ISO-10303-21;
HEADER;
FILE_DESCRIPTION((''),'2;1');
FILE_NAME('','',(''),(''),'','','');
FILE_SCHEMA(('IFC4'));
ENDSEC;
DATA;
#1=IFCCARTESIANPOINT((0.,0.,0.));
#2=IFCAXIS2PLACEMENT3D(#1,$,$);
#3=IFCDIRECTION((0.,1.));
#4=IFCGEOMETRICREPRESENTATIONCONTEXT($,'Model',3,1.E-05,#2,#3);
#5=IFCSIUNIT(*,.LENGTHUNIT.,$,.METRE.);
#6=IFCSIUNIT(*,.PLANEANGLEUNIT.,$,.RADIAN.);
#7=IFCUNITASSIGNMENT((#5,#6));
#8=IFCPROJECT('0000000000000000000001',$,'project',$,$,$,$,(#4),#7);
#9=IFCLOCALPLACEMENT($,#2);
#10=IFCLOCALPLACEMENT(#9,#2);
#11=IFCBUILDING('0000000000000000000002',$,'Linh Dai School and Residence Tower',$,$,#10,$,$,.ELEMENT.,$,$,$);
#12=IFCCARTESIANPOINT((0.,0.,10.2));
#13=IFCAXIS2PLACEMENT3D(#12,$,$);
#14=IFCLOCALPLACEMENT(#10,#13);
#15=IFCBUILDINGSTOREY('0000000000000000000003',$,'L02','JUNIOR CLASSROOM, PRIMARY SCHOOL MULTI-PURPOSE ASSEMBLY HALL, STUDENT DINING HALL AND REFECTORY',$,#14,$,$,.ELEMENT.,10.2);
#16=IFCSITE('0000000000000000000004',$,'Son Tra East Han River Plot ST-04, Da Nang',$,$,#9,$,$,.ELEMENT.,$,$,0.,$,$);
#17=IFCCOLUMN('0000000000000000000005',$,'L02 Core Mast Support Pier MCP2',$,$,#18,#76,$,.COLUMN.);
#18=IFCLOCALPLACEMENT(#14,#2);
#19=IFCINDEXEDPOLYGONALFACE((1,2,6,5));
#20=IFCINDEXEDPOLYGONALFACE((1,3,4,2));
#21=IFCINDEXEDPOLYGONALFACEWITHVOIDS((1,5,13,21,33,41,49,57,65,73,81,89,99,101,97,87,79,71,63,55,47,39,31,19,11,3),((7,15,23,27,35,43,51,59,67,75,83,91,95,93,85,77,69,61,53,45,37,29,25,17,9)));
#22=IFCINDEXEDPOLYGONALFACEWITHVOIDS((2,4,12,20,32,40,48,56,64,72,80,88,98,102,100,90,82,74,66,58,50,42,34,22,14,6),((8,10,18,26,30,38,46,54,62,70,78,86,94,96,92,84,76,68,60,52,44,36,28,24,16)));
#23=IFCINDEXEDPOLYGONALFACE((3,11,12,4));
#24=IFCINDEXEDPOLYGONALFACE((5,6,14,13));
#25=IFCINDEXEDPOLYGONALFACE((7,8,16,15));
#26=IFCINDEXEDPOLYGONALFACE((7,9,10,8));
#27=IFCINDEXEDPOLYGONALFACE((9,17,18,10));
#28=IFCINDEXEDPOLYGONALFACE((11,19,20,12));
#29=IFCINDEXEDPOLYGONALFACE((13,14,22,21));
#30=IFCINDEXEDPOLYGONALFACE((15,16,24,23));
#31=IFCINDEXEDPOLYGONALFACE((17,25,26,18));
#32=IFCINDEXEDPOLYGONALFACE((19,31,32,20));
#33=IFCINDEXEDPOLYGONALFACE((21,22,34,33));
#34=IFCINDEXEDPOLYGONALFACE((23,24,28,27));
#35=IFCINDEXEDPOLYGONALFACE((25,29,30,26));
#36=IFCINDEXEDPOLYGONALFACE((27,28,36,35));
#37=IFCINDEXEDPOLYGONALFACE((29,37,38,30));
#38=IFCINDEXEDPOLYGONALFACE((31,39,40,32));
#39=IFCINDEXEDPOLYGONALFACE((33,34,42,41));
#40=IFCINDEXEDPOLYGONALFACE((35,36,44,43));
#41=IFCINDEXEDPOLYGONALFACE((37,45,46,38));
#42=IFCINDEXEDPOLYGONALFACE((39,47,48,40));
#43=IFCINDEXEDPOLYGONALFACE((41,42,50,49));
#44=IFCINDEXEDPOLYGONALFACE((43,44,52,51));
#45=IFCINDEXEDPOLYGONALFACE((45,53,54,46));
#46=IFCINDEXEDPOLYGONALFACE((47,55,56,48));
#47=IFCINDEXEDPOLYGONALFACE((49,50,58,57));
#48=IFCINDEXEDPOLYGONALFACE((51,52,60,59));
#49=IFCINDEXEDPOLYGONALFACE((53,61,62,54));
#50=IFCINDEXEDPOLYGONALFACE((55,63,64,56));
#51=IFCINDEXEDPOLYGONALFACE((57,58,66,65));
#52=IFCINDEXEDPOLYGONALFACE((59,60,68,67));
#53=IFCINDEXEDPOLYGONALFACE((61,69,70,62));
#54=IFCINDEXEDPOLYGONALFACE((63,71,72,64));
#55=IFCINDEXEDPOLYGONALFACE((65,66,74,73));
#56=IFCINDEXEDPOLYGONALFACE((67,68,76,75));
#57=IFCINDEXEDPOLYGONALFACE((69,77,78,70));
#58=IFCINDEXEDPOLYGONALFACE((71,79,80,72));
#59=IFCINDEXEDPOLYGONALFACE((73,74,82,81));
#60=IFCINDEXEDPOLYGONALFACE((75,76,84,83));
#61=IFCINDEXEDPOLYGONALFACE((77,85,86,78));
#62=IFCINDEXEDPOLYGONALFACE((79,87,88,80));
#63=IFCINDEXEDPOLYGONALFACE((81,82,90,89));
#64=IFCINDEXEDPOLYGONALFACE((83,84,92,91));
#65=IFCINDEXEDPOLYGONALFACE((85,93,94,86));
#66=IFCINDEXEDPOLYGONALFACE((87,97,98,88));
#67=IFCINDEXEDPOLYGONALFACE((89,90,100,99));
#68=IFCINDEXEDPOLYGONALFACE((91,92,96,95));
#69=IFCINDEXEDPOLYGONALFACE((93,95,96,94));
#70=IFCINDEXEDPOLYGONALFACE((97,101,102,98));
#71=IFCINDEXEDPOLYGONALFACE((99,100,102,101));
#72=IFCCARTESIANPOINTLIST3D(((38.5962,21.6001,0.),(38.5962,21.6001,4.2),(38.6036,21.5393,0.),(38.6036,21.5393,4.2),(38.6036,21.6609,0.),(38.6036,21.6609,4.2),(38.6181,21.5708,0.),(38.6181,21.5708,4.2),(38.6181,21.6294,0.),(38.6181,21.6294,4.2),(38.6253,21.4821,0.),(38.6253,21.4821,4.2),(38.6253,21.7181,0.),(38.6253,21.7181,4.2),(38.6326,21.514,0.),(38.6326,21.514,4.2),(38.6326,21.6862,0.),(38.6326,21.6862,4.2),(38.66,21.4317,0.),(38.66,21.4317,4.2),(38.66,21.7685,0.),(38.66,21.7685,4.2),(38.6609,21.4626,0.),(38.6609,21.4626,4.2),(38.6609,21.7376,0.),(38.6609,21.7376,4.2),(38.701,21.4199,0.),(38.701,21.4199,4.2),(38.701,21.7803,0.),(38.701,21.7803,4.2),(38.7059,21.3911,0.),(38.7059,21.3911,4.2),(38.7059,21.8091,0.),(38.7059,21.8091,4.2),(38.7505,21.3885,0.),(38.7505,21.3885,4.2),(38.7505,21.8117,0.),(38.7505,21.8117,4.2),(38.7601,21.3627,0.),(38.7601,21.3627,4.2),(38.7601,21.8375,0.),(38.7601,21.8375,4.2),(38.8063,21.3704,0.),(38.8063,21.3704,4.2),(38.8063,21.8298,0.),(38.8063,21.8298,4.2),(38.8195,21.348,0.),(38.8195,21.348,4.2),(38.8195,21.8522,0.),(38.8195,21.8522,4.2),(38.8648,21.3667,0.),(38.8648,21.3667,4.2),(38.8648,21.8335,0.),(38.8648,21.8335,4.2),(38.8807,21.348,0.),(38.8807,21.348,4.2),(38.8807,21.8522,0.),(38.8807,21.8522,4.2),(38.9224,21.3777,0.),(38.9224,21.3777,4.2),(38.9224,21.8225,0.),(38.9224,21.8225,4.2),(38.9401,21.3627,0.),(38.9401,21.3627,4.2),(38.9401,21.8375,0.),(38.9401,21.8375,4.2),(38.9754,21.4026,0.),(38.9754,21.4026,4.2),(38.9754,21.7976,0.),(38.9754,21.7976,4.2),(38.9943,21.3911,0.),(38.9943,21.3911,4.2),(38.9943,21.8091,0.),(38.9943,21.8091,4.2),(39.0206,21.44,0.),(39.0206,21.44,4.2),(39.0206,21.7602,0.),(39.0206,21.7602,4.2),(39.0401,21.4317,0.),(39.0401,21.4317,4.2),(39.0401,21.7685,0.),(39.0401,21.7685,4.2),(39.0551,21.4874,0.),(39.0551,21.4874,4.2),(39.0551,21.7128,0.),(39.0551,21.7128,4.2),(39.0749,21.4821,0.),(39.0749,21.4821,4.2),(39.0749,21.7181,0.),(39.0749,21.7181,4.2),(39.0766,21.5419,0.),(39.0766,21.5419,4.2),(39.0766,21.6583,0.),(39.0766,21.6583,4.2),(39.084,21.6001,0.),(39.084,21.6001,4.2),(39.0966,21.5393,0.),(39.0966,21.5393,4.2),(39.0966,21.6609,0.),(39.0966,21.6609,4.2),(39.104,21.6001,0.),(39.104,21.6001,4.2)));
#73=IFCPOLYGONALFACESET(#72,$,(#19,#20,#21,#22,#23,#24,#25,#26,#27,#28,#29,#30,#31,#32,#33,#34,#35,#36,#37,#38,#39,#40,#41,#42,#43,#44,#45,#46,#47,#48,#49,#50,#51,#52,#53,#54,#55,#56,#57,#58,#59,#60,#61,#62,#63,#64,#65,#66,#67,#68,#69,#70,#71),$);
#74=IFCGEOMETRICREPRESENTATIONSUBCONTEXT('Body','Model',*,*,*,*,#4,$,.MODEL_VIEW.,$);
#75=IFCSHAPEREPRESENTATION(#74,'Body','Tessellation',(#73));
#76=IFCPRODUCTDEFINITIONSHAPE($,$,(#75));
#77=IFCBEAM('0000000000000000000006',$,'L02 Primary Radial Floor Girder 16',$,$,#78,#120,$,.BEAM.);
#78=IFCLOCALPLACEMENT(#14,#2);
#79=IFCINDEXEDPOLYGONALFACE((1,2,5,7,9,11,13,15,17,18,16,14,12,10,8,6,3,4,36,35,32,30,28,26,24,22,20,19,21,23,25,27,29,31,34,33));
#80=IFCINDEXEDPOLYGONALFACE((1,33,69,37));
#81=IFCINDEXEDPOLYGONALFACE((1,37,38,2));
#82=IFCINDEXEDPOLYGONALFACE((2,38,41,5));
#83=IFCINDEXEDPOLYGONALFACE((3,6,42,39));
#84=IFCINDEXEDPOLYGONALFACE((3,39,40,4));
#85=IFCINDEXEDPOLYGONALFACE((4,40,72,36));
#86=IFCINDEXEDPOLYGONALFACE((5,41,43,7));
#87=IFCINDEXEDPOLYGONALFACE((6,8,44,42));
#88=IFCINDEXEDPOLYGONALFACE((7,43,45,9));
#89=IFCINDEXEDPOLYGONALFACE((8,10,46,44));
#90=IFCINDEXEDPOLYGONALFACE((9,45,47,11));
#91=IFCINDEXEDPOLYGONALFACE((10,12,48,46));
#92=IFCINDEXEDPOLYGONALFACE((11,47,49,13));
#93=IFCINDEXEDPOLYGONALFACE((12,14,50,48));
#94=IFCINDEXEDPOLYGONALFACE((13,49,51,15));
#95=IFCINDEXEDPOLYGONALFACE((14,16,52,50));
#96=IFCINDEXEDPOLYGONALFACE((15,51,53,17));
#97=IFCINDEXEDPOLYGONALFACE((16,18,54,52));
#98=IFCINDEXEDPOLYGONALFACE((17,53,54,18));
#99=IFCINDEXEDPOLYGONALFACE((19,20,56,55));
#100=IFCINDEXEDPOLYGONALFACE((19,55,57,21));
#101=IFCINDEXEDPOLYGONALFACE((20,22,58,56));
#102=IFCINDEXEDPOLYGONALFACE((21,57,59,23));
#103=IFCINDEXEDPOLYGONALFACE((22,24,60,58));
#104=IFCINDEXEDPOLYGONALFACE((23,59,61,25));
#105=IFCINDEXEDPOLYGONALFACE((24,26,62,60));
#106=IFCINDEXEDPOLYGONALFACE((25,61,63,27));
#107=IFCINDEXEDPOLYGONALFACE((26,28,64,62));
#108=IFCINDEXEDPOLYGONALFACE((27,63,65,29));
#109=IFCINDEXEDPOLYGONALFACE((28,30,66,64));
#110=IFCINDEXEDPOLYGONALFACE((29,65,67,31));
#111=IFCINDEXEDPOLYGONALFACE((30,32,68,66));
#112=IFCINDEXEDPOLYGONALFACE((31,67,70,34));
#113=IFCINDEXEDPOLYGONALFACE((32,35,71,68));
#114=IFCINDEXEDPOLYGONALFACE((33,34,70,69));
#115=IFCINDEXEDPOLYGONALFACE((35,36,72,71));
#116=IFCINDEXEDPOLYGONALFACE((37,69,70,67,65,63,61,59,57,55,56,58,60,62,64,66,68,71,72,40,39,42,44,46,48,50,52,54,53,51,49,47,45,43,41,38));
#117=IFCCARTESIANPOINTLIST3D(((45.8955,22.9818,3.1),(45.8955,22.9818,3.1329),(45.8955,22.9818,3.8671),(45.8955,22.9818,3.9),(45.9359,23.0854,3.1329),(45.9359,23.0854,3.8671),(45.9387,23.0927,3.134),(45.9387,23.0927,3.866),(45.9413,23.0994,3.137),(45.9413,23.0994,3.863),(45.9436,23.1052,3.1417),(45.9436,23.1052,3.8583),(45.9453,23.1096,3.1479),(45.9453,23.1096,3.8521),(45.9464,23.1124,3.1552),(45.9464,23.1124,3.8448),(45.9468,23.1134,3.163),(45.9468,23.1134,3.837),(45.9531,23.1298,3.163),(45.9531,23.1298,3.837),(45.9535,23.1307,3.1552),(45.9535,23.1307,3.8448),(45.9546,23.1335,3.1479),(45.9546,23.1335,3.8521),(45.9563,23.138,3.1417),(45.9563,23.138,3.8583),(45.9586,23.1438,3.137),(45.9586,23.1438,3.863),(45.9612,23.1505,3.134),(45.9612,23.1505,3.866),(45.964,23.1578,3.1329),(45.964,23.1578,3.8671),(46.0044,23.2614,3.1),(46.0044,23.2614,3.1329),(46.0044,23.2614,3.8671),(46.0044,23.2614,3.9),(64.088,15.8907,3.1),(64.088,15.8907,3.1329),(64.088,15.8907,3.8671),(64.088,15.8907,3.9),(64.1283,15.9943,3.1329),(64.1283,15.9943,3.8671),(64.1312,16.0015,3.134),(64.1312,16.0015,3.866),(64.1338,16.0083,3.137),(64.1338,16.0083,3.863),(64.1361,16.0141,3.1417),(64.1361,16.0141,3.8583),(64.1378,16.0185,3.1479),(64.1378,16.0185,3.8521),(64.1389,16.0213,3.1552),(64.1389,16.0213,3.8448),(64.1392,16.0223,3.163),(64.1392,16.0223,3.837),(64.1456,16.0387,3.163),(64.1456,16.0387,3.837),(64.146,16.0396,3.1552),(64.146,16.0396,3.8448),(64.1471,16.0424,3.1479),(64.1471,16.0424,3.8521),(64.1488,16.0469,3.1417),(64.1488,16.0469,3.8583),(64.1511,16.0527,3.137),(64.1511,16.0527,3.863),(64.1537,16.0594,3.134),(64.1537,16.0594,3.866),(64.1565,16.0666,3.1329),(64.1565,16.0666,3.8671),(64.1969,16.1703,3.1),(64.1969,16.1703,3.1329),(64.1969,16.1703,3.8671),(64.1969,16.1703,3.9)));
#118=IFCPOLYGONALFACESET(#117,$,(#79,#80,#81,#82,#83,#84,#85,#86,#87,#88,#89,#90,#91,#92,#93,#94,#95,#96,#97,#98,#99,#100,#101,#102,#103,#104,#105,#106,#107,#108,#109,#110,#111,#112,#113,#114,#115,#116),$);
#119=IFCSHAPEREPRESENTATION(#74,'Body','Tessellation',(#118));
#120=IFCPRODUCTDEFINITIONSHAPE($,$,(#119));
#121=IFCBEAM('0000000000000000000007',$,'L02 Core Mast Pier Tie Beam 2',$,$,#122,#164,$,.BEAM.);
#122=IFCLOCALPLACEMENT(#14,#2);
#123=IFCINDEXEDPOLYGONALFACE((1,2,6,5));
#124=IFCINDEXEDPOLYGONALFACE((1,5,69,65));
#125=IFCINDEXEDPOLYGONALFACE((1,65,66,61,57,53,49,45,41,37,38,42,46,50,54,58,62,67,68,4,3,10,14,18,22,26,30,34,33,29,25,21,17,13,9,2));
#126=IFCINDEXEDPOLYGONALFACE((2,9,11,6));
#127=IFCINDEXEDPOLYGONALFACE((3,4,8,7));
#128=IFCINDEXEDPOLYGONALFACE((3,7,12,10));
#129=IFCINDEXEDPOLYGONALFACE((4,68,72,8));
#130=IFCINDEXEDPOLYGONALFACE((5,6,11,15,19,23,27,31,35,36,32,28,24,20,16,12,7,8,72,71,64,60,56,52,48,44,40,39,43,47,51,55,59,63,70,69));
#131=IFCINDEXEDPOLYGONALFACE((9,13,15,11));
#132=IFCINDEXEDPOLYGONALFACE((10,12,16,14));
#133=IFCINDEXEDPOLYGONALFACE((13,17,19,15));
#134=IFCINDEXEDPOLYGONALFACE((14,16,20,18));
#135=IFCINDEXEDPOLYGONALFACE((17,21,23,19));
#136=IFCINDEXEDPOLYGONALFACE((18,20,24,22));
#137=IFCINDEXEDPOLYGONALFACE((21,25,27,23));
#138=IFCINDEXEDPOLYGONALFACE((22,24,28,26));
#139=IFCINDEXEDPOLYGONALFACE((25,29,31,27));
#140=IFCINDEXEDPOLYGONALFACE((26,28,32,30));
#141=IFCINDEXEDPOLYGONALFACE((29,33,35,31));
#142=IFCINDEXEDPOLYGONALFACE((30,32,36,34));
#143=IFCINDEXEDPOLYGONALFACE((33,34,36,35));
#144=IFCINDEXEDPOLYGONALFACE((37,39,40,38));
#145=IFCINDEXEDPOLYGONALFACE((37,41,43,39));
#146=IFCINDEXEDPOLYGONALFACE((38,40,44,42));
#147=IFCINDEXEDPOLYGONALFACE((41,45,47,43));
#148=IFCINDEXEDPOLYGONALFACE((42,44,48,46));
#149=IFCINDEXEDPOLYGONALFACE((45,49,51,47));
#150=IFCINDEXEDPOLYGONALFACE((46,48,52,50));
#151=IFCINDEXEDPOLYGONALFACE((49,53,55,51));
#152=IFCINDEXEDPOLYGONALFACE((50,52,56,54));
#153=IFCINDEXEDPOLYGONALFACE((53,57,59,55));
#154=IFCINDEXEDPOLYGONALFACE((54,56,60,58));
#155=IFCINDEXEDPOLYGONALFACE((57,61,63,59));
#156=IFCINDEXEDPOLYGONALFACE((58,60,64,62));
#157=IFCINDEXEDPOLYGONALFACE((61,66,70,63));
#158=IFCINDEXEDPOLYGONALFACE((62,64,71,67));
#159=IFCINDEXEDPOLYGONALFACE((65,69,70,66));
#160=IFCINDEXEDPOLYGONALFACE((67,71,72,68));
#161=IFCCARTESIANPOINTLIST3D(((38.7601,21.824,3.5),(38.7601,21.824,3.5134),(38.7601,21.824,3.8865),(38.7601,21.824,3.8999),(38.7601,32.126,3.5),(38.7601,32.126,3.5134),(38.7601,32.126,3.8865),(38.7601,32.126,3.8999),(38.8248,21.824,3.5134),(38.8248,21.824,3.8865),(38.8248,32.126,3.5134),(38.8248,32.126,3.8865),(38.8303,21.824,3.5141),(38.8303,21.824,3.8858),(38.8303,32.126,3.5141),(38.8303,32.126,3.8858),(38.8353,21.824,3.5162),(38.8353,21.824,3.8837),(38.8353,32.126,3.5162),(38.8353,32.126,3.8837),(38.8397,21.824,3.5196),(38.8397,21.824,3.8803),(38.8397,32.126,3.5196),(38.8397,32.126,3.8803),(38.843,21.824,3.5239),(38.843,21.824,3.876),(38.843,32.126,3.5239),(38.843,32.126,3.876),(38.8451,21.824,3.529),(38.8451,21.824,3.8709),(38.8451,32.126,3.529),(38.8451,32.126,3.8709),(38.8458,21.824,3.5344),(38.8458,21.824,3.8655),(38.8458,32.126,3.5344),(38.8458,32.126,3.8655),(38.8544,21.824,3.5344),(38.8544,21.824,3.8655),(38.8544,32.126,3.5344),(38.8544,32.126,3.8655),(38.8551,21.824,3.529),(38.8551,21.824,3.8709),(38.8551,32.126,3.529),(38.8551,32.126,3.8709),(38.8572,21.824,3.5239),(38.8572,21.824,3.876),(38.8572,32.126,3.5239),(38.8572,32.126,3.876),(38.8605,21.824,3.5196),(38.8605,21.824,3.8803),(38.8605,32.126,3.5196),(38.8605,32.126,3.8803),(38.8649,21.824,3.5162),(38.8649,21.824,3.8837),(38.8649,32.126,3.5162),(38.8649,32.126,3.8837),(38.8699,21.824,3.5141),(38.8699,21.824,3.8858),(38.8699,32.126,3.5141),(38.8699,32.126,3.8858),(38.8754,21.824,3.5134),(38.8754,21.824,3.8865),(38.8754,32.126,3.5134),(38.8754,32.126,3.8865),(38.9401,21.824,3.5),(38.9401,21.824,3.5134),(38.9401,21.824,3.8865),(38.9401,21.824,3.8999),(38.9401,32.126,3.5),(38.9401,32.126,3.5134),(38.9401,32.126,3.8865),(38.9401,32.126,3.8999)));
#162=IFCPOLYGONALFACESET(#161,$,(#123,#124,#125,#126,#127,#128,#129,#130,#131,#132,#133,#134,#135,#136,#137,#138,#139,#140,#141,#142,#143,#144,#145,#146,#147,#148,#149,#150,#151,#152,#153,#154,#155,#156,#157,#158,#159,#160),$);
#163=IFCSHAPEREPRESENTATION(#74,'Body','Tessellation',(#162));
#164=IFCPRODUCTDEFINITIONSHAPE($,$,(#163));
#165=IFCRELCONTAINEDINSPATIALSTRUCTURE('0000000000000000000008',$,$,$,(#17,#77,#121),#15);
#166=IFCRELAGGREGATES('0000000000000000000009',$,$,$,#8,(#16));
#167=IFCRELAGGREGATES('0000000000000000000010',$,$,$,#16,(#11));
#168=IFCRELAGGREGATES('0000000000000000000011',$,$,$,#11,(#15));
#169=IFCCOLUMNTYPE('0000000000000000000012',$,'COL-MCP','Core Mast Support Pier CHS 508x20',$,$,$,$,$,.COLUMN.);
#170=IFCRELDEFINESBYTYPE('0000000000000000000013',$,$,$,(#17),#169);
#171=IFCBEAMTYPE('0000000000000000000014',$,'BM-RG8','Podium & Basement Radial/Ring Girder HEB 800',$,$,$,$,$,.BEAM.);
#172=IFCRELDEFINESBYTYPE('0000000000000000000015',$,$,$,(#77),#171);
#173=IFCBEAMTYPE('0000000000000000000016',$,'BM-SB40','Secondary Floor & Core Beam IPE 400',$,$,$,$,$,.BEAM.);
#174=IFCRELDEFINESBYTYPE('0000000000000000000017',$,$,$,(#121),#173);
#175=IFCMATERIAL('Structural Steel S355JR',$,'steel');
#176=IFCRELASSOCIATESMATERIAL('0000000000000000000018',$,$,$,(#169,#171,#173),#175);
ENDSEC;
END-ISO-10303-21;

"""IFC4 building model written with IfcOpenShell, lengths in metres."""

from ifc_helpers import new_model, si_unit, direction, frame, origin, origin_2d, place, context, subcontext, project, spatial, hollow_circle, i_section, extrude, material, material_profile, profile_set, type_object, element, save


model = new_model("IFC4")

# Units and contexts
model_context = context("Model", 3, precision=1e-05, world=origin(), true_north=direction((0.0, 1.0)))
body_context = subcontext(model_context, "Body", "Model", "MODEL_VIEW")
ifc_project = project(units=[si_unit("LENGTHUNIT", "METRE"), si_unit("PLANEANGLEUNIT", "RADIAN")], contexts=[model_context])

# Site, building, storey
site_placement = place(None, origin())
site = spatial("IfcSite", under=ifc_project, at=site_placement, Name="Son Tra East Han River Plot ST-04, Da Nang", CompositionType="ELEMENT", RefElevation=0.0)
building_placement = place(site_placement, origin())
building = spatial("IfcBuilding", under=site, at=building_placement, Name="Linh Dai School and Residence Tower", CompositionType="ELEMENT")
storey_placement = place(building_placement, frame((0.0, 0.0, 10.2)))
storey = spatial("IfcBuildingStorey", under=building, at=storey_placement, Name="L02", Description="JUNIOR CLASSROOM, PRIMARY SCHOOL MULTI-PURPOSE ASSEMBLY HALL, STUDENT DINING HALL AND REFECTORY", CompositionType="ELEMENT", Elevation=10.2)

# Column
ifc_material_1 = material(Name="Structural Steel S355JR", Category="steel")
ifc_material_profile_1 = material_profile(ifc_material_1, hollow_circle(Radius=0.2539, WallThickness=0.02, at=origin_2d()), Name="CHS 508x20")
ifc_profile_set_1 = profile_set([ifc_material_profile_1], Name="Structural Steel S355JR")
column_type_1 = type_object("IfcColumnType", Name="COL-MCP", Description="Core Mast Support Pier CHS 508x20", PredefinedType="COLUMN", material=ifc_profile_set_1)
column_placement = place(storey_placement, frame((38.8501, 21.6001, 0.0), z_axis=(0.0, 0.0, 1.0), x_axis=(1.0, 0.0, 0.0)))
element("IfcColumn", 1, at=column_placement, inside=storey, type_object=column_type_1, Name="L02 Core Mast Support Pier MCP2", PredefinedType="COLUMN", context=body_context, shape_type="SweptSolid", body=[
    extrude(hollow_circle(Radius=0.2539, WallThickness=0.02, at=origin_2d()), origin(), (0.0, 0.0, 1.0), 4.2),
])

# Beams
ifc_material_profile_2 = material_profile(ifc_material_1, i_section(OverallWidth=0.3, OverallDepth=0.8, WebThickness=0.0176, FlangeThickness=0.033, FilletRadius=0.03, at=origin_2d()), Name="HEB 800")
ifc_profile_set_2 = profile_set([ifc_material_profile_2], Name="Structural Steel S355JR")
beam_type_1 = type_object("IfcBeamType", Name="BM-RG8", Description="Podium & Basement Radial/Ring Girder HEB 800", PredefinedType="BEAM", material=ifc_profile_set_2)
beam_1_placement = place(storey_placement, frame((45.95, 23.1216, 3.5), z_axis=(0.931723, -0.363169, 0.0), x_axis=(0.363169, 0.931723, 0.0)))
element("IfcBeam", 2, at=beam_1_placement, inside=storey, type_object=beam_type_1, Name="L02 Primary Radial Floor Girder 16", PredefinedType="BEAM", context=body_context, shape_type="SweptSolid", body=[
    extrude(i_section(OverallWidth=0.3, OverallDepth=0.8, WebThickness=0.0176, FlangeThickness=0.033, FilletRadius=0.03, at=origin_2d()), origin(), (0.0, 0.0, 1.0), 19.5256),
])
ifc_material_profile_3 = material_profile(ifc_material_1, i_section(OverallWidth=0.1799, OverallDepth=0.3999, WebThickness=0.0085, FlangeThickness=0.0134, FilletRadius=0.021, at=origin_2d()), Name="IPE 400")
ifc_profile_set_3 = profile_set([ifc_material_profile_3], Name="Structural Steel S355JR")
beam_type_2 = type_object("IfcBeamType", Name="BM-SB40", Description="Secondary Floor & Core Beam IPE 400", PredefinedType="BEAM", material=ifc_profile_set_3)
beam_2_placement = place(storey_placement, frame((38.8501, 21.824, 3.7), z_axis=(0.0, 1.0, 0.0), x_axis=(-1.0, 0.0, 0.0)))
element("IfcBeam", 3, at=beam_2_placement, inside=storey, type_object=beam_type_2, Name="L02 Core Mast Pier Tie Beam 2", PredefinedType="BEAM", context=body_context, shape_type="SweptSolid", body=[
    extrude(i_section(OverallWidth=0.1799, OverallDepth=0.3999, WebThickness=0.0085, FlangeThickness=0.0134, FilletRadius=0.021, at=origin_2d()), origin(), (0.0, 0.0, 1.0), 10.302),
])

save(model, "model.ifc")
